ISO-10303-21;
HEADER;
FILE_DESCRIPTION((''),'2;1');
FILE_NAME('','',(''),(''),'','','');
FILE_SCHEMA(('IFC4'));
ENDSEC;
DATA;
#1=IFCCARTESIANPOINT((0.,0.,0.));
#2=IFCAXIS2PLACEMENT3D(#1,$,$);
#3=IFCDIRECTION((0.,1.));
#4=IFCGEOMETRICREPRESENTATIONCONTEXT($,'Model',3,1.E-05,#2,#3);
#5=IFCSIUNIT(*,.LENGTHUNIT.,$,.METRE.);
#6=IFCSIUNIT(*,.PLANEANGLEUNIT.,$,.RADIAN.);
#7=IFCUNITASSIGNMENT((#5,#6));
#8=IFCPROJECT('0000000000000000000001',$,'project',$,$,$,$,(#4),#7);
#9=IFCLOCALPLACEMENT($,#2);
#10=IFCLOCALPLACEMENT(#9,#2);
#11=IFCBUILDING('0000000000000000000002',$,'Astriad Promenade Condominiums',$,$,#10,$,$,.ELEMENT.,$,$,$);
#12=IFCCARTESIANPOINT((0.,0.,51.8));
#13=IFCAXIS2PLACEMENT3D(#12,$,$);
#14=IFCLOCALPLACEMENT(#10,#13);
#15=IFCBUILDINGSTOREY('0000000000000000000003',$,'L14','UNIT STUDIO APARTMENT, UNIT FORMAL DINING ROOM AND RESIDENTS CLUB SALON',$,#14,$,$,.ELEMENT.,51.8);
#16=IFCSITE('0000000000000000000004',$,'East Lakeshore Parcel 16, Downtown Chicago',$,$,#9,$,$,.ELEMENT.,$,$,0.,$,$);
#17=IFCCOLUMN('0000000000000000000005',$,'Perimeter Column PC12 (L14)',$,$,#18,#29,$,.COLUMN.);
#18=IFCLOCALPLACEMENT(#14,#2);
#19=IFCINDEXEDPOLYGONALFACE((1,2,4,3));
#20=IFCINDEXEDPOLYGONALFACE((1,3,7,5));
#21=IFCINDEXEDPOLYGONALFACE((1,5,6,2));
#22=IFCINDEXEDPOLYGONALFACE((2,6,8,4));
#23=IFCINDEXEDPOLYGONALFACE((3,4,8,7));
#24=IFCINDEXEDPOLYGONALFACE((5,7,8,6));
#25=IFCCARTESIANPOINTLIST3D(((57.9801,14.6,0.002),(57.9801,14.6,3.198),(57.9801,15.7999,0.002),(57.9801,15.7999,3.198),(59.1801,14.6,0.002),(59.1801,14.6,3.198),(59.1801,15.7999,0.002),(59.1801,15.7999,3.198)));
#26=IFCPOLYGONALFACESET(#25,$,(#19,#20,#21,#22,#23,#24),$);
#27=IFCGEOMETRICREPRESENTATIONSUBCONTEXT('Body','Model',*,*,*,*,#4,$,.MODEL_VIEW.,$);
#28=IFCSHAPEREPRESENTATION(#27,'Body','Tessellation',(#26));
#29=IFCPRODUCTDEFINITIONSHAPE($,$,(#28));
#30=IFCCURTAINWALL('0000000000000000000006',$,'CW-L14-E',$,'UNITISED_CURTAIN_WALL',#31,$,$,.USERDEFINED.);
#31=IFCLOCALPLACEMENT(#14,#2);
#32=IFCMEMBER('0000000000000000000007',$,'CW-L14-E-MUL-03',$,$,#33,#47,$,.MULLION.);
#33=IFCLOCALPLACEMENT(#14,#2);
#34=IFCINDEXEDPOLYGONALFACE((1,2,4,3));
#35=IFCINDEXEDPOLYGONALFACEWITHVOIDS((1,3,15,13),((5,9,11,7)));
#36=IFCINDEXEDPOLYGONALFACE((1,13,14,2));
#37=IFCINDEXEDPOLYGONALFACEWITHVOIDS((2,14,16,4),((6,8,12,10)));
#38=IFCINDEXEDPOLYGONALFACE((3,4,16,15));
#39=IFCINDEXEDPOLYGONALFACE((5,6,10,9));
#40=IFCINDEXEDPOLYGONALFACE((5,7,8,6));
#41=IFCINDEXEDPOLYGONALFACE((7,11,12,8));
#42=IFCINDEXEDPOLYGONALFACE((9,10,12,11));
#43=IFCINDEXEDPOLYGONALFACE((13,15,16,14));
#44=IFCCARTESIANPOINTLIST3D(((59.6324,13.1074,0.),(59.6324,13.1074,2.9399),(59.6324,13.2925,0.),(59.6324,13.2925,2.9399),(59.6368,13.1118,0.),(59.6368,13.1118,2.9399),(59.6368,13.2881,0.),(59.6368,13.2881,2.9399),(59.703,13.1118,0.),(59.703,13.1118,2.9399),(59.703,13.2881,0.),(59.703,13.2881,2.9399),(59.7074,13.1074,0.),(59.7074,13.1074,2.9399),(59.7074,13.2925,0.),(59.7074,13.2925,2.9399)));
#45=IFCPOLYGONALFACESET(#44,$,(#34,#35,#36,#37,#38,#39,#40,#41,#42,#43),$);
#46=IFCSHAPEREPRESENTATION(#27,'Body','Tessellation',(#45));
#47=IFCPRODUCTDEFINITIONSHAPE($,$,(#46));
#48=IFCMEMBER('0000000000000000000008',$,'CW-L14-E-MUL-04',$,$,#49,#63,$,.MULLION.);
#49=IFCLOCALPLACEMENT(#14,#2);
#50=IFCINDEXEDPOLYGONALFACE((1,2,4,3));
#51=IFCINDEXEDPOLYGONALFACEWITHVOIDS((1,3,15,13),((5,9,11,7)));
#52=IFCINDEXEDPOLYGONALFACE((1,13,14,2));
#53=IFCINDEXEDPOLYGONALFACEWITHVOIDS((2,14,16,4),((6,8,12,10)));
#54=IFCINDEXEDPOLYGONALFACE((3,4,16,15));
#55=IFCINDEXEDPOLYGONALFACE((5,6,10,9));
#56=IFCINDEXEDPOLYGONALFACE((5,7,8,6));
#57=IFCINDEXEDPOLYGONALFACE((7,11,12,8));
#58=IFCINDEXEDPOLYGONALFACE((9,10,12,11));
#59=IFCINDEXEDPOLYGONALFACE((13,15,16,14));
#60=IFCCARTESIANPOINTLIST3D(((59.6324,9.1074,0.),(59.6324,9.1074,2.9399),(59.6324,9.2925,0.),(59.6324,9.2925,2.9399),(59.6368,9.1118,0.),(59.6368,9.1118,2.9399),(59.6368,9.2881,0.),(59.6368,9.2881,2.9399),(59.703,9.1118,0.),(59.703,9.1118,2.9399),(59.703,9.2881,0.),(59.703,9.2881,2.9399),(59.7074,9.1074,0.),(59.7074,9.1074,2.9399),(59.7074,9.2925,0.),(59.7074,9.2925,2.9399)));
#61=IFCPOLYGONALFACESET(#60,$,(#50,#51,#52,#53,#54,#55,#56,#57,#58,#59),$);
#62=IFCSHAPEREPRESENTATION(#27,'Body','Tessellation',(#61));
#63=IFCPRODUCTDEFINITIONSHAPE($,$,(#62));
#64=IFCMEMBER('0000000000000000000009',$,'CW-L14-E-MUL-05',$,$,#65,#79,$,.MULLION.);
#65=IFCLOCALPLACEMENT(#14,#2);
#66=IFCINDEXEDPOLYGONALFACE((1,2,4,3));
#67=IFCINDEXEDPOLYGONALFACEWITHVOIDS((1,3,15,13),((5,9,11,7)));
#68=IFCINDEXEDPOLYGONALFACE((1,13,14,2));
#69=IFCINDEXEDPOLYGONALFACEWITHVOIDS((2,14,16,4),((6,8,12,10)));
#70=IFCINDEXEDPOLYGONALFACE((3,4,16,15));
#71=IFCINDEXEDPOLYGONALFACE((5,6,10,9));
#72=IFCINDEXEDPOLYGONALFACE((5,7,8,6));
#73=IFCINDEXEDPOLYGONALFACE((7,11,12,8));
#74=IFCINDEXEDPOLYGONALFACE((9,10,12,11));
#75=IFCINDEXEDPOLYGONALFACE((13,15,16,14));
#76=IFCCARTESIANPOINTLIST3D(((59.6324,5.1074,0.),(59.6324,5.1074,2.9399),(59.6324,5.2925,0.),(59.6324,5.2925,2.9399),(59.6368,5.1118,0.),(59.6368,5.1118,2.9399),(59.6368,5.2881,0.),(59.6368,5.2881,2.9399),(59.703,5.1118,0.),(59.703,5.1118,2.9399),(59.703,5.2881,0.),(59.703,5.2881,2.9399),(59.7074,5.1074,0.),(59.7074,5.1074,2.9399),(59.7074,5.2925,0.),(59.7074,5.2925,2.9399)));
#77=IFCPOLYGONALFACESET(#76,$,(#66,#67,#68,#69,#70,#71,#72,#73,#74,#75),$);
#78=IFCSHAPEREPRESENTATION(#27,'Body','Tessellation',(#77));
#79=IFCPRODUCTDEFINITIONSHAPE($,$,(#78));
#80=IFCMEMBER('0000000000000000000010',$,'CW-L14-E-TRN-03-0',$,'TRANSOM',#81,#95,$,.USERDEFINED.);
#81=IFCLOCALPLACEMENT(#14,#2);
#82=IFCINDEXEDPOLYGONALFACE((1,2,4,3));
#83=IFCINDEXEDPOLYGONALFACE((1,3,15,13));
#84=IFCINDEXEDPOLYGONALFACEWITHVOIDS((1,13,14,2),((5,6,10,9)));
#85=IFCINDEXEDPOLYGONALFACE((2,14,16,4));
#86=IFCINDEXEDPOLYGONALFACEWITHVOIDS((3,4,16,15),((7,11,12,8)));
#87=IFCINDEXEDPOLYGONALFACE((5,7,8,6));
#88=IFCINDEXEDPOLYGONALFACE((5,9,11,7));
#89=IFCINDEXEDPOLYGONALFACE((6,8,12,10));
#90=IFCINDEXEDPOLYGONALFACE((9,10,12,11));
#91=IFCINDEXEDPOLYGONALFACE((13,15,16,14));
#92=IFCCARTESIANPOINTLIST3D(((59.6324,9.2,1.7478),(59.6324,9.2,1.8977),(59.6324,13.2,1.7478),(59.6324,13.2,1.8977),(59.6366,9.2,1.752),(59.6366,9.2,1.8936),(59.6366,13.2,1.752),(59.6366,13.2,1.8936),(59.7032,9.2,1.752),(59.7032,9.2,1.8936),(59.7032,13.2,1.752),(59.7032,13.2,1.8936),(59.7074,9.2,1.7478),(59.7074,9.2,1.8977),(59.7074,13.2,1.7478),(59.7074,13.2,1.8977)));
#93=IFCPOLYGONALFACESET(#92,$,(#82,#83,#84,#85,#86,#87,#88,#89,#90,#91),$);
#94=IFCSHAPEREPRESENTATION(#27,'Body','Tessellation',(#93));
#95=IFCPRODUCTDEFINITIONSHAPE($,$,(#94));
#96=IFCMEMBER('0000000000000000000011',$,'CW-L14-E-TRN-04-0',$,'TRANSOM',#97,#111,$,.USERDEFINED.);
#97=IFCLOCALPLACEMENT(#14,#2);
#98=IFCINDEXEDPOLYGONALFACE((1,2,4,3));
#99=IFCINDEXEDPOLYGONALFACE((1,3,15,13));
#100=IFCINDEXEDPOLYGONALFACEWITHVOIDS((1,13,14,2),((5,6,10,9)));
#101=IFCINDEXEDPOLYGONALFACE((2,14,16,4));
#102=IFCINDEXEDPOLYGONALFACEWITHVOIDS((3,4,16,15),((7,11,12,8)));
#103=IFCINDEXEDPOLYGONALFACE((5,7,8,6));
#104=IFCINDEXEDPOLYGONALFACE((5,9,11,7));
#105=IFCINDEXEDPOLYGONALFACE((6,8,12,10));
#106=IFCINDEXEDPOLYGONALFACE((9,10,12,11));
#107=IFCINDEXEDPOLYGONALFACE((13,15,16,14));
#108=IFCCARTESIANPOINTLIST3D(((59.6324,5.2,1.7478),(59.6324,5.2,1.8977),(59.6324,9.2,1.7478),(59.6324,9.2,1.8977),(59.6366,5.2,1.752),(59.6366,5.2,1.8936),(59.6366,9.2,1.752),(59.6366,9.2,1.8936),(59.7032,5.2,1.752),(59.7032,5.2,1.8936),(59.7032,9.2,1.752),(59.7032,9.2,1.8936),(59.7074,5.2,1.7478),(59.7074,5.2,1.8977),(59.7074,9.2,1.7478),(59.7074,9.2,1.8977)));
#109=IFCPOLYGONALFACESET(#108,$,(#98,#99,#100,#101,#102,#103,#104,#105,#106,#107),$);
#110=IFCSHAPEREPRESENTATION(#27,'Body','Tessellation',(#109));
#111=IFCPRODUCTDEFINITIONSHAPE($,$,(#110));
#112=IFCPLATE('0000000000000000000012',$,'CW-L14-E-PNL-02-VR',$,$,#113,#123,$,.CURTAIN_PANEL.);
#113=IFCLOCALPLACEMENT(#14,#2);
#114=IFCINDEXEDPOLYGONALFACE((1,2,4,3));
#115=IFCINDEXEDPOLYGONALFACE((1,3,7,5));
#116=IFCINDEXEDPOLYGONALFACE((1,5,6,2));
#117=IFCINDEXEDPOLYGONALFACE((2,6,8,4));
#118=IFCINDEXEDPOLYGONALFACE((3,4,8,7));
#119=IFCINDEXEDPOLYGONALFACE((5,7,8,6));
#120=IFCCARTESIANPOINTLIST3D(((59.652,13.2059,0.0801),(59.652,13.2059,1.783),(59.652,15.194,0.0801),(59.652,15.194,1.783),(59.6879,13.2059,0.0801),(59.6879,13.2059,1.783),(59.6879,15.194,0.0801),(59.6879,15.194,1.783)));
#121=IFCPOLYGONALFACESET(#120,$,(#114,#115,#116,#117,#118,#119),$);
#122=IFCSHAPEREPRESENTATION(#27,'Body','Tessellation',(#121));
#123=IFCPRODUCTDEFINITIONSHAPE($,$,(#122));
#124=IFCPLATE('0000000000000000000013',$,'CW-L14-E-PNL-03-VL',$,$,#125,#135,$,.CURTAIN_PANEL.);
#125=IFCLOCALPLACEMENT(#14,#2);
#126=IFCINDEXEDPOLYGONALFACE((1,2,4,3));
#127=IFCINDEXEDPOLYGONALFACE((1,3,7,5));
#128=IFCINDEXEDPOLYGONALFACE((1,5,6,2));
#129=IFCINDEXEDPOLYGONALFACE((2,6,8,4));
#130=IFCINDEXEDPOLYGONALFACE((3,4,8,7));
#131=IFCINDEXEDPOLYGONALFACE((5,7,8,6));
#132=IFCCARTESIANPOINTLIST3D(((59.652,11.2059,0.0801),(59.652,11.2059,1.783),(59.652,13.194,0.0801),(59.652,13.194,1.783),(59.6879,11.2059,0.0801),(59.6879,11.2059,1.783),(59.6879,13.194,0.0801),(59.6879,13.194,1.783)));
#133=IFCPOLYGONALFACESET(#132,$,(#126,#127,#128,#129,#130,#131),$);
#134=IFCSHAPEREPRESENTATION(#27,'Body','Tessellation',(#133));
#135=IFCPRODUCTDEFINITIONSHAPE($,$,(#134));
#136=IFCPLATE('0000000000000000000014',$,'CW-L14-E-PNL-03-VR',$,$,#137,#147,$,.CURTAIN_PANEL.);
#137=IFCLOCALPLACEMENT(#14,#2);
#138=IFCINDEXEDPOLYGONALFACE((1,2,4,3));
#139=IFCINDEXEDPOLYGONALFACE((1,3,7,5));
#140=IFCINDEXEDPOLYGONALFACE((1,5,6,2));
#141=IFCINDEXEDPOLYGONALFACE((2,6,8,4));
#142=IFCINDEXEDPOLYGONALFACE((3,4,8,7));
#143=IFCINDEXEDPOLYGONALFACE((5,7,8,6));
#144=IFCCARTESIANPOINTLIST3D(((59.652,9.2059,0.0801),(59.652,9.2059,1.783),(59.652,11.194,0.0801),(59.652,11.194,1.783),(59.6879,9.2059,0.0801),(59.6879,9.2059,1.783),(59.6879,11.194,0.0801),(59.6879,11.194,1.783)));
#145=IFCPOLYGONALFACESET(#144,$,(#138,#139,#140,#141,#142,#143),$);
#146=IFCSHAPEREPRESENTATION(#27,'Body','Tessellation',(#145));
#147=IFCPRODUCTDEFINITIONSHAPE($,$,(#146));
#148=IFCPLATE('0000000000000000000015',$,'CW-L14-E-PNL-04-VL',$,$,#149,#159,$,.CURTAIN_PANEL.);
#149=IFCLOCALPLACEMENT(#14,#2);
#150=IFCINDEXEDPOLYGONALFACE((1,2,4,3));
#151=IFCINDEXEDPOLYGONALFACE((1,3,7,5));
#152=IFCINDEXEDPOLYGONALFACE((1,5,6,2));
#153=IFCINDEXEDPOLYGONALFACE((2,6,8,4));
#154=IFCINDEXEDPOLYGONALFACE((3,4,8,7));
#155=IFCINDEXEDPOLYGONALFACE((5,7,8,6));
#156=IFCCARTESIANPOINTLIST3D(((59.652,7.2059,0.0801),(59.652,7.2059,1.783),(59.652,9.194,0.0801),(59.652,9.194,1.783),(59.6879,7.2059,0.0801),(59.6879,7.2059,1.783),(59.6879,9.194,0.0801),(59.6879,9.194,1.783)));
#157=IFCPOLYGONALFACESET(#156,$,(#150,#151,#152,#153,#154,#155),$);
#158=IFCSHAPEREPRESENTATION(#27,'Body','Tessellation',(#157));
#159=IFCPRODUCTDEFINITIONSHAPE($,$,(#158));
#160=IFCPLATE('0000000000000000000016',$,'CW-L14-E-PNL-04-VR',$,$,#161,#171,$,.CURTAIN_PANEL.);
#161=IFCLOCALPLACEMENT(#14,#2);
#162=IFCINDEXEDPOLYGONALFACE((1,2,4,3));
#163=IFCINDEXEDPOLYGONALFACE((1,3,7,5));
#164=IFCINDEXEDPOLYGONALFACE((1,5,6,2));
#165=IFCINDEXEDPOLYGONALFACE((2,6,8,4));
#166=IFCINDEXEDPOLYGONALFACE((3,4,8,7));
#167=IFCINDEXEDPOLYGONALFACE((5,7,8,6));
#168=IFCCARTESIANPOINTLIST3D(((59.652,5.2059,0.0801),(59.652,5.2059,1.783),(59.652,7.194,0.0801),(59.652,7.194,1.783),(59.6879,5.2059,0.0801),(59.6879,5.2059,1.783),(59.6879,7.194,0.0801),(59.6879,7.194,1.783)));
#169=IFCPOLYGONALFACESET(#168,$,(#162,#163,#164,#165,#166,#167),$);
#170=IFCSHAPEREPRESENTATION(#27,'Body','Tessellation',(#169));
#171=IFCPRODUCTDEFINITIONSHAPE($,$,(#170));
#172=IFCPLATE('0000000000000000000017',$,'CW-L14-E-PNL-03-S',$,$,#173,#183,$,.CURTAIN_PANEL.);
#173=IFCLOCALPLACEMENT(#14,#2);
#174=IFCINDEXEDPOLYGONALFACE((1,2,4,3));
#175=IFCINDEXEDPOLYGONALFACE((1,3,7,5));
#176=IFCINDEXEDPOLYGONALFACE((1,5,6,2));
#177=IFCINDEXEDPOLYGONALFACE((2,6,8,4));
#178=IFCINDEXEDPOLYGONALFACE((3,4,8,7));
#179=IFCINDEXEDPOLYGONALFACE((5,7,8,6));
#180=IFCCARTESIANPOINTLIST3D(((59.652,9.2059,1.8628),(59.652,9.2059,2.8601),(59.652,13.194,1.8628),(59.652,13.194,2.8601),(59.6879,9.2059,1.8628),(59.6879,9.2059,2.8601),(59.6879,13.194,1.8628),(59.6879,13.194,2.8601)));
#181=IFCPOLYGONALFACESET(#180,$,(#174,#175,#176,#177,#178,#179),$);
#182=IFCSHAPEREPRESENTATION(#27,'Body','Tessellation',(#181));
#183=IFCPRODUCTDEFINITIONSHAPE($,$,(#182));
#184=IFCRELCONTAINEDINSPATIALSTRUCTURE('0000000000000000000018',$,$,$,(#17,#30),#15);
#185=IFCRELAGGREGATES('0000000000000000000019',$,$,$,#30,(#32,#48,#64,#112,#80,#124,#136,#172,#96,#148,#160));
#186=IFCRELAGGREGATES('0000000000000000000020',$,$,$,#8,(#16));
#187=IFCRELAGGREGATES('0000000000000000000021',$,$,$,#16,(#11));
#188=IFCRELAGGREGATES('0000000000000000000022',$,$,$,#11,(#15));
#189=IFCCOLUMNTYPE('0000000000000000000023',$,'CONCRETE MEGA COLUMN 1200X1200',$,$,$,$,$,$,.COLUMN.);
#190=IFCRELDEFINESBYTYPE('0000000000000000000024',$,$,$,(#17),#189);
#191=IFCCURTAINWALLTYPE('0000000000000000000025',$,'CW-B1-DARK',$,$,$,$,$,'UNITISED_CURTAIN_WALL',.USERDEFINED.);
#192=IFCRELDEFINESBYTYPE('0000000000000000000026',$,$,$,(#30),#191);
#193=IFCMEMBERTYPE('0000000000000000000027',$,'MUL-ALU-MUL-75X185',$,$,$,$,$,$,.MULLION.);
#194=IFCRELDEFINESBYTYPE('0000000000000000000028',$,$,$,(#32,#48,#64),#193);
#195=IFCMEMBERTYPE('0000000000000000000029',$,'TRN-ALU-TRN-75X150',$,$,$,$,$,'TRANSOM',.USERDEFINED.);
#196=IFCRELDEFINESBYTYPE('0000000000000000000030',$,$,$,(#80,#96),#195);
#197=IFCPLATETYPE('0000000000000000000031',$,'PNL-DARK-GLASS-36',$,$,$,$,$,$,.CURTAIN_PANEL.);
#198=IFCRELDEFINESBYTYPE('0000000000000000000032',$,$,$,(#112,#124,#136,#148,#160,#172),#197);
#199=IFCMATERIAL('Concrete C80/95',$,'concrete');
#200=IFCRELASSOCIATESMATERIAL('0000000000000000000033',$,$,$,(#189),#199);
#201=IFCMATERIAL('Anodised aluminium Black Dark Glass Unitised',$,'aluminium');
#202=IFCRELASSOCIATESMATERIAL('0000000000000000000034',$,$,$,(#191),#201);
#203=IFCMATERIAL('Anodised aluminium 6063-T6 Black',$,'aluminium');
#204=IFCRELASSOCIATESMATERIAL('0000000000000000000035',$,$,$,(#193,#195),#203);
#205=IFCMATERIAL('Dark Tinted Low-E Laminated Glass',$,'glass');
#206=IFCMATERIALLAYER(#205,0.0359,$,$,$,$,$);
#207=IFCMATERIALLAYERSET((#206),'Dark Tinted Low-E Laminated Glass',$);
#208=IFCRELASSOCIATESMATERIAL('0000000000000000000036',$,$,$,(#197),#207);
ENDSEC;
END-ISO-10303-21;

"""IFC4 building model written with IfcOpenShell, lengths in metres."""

from ifc_helpers import new_model, si_unit, direction, frame, origin, origin_2d, place, context, subcontext, project, spatial, rectangle, hollow_rectangle, extrude, source, transform, mapped, material, layer, layer_set, material_profile, profile_set, type_object, type_shapes, element, aggregate, save


model = new_model("IFC4")

# Units and contexts
model_context = context("Model", 3, precision=1e-05, world=origin(), true_north=direction((0.0, 1.0)))
body_context = subcontext(model_context, "Body", "Model", "MODEL_VIEW")
ifc_project = project(units=[si_unit("LENGTHUNIT", "METRE"), si_unit("PLANEANGLEUNIT", "RADIAN")], contexts=[model_context])

# Site, building, storey
site_placement = place(None, origin())
site = spatial("IfcSite", under=ifc_project, at=site_placement, Name="East Lakeshore Parcel 16, Downtown Chicago", CompositionType="ELEMENT", RefElevation=0.0)
building_placement = place(site_placement, origin())
building = spatial("IfcBuilding", under=site, at=building_placement, Name="Astriad Promenade Condominiums", CompositionType="ELEMENT")
storey_placement = place(building_placement, frame((0.0, 0.0, 51.8)))
storey = spatial("IfcBuildingStorey", under=building, at=storey_placement, Name="L14", Description="UNIT STUDIO APARTMENT, UNIT FORMAL DINING ROOM AND RESIDENTS CLUB SALON", CompositionType="ELEMENT", Elevation=51.8)

# Column
ifc_material_1 = material(Name="Concrete C80/95", Category="concrete")
ifc_material_profile_1 = material_profile(ifc_material_1, rectangle(XDim=1.2, YDim=1.2, at=origin_2d()), Name="RC-COL-1200X1200")
ifc_profile_set_1 = profile_set([ifc_material_profile_1], Name="Concrete C80/95")
column_type = type_object("IfcColumnType", Name="CONCRETE MEGA COLUMN 1200X1200", PredefinedType="COLUMN", material=ifc_profile_set_1)
shared_shape_1 = source(origin(), body_context, "Body", "SweptSolid", [
    extrude(rectangle(XDim=1.2, YDim=1.2, at=origin_2d()), origin(), (0.0, 0.0, 1.0), 3.196),
])
type_shapes(column_type, [shared_shape_1])
column_placement = place(storey_placement, frame((58.5801, 15.2, 0.002), z_axis=(0.0, 0.0, 1.0), x_axis=(1.0, 0.0, 0.0)))
element("IfcColumn", 1, at=column_placement, inside=storey, type_object=column_type, Name="Perimeter Column PC12 (L14)", PredefinedType="COLUMN", context=body_context, shape_type="MappedRepresentation", body=[
    mapped(shared_shape_1, transform((0.0, 0.0, 0.0), scale=1.0)),
])

# Curtain wall, members, plates
ifc_material_2 = material(Name="Anodised aluminium Black Dark Glass Unitised", Category="aluminium")
curtain_wall_type = type_object("IfcCurtainWallType", Name="CW-B1-DARK", ElementType="UNITISED_CURTAIN_WALL", PredefinedType="USERDEFINED", material=ifc_material_2)
curtain_wall_placement = place(storey_placement, origin())
curtain_wall = element("IfcCurtainWall", 2, at=curtain_wall_placement, inside=storey, type_object=curtain_wall_type, Name="CW-L14-E", ObjectType="UNITISED_CURTAIN_WALL", PredefinedType="USERDEFINED")
ifc_material_3 = material(Name="Anodised aluminium 6063-T6 Black", Category="aluminium")
ifc_material_profile_2 = material_profile(ifc_material_3, hollow_rectangle(XDim=0.075, YDim=0.1851, WallThickness=0.0044, at=origin_2d()), Name="ALU-MUL-75X185")
ifc_profile_set_2 = profile_set([ifc_material_profile_2], Name="Anodised aluminium 6063-T6 Black")
member_type_1 = type_object("IfcMemberType", Name="MUL-ALU-MUL-75X185", PredefinedType="MULLION", material=ifc_profile_set_2)
shared_shape_2 = source(origin(), body_context, "Body", "SweptSolid", [
    extrude(hollow_rectangle(XDim=0.075, YDim=0.1851, WallThickness=0.0044, at=origin_2d()), origin(), (0.0, 0.0, 1.0), 2.9399),
])
type_shapes(member_type_1, [shared_shape_2])
member_1_placement = place(storey_placement, frame((59.6699, 13.2, 0.0), z_axis=(0.0, 0.0, 1.0), x_axis=(1.0, 0.0, 0.0)))
member_1 = element("IfcMember", 3, at=member_1_placement, type_object=member_type_1, Name="CW-L14-E-MUL-03", PredefinedType="MULLION", context=body_context, shape_type="MappedRepresentation", body=[
    mapped(shared_shape_2, transform((0.0, 0.0, 0.0), scale=1.0)),
])
member_2_placement = place(storey_placement, frame((59.6699, 9.2, 0.0), z_axis=(0.0, 0.0, 1.0), x_axis=(1.0, 0.0, 0.0)))
member_2 = element("IfcMember", 4, at=member_2_placement, type_object=member_type_1, Name="CW-L14-E-MUL-04", PredefinedType="MULLION", context=body_context, shape_type="MappedRepresentation", body=[
    mapped(shared_shape_2, transform((0.0, 0.0, 0.0), scale=1.0)),
])
member_3_placement = place(storey_placement, frame((59.6699, 5.2, 0.0), z_axis=(0.0, 0.0, 1.0), x_axis=(1.0, 0.0, 0.0)))
member_3 = element("IfcMember", 5, at=member_3_placement, type_object=member_type_1, Name="CW-L14-E-MUL-05", PredefinedType="MULLION", context=body_context, shape_type="MappedRepresentation", body=[
    mapped(shared_shape_2, transform((0.0, 0.0, 0.0), scale=1.0)),
])
ifc_material_profile_3 = material_profile(ifc_material_3, hollow_rectangle(XDim=0.075, YDim=0.1499, WallThickness=0.0042, at=origin_2d()), Name="ALU-TRN-75X150")
ifc_profile_set_3 = profile_set([ifc_material_profile_3], Name="Anodised aluminium 6063-T6 Black")
member_type_2 = type_object("IfcMemberType", Name="TRN-ALU-TRN-75X150", ElementType="TRANSOM", PredefinedType="USERDEFINED", material=ifc_profile_set_3)
shared_shape_3 = source(origin(), body_context, "Body", "SweptSolid", [
    extrude(hollow_rectangle(XDim=0.075, YDim=0.1499, WallThickness=0.0042, at=origin_2d()), origin(), (0.0, 0.0, 1.0), 4.0),
])
type_shapes(member_type_2, [shared_shape_3])
member_4_placement = place(storey_placement, frame((59.6699, 13.2, 1.8228), z_axis=(0.0, -1.0, 0.0), x_axis=(1.0, 0.0, 0.0)))
member_4 = element("IfcMember", 6, at=member_4_placement, type_object=member_type_2, Name="CW-L14-E-TRN-03-0", ObjectType="TRANSOM", PredefinedType="USERDEFINED", context=body_context, shape_type="MappedRepresentation", body=[
    mapped(shared_shape_3, transform((0.0, 0.0, 0.0), scale=1.0)),
])
member_5_placement = place(storey_placement, frame((59.6699, 9.2, 1.8228), z_axis=(0.0, -1.0, 0.0), x_axis=(1.0, 0.0, 0.0)))
member_5 = element("IfcMember", 7, at=member_5_placement, type_object=member_type_2, Name="CW-L14-E-TRN-04-0", ObjectType="TRANSOM", PredefinedType="USERDEFINED", context=body_context, shape_type="MappedRepresentation", body=[
    mapped(shared_shape_3, transform((0.0, 0.0, 0.0), scale=1.0)),
])
ifc_material_4 = material(Name="Dark Tinted Low-E Laminated Glass", Category="glass")
ifc_layer_1 = layer(ifc_material_4, 0.0359)
ifc_layer_set_1 = layer_set([ifc_layer_1], Name="Dark Tinted Low-E Laminated Glass")
plate_type = type_object("IfcPlateType", Name="PNL-DARK-GLASS-36", PredefinedType="CURTAIN_PANEL", material=ifc_layer_set_1)
shared_shape_4 = source(origin(), body_context, "Body", "SweptSolid", [
    extrude(rectangle(XDim=1.988, YDim=0.0359, at=origin_2d()), origin(), (0.0, 0.0, 1.0), 1.7029),
])
plate_1_placement = place(storey_placement, frame((59.6699, 14.2, 0.0801), z_axis=(0.0, 0.0, 1.0), x_axis=(0.0, -1.0, 0.0)))
plate_1 = element("IfcPlate", 8, at=plate_1_placement, type_object=plate_type, Name="CW-L14-E-PNL-02-VR", PredefinedType="CURTAIN_PANEL", context=body_context, shape_type="MappedRepresentation", body=[
    mapped(shared_shape_4, transform((0.0, 0.0, 0.0), scale=1.0)),
])
plate_2_placement = place(storey_placement, frame((59.6699, 12.2, 0.0801), z_axis=(0.0, 0.0, 1.0), x_axis=(0.0, -1.0, 0.0)))
plate_2 = element("IfcPlate", 9, at=plate_2_placement, type_object=plate_type, Name="CW-L14-E-PNL-03-VL", PredefinedType="CURTAIN_PANEL", context=body_context, shape_type="MappedRepresentation", body=[
    mapped(shared_shape_4, transform((0.0, 0.0, 0.0), scale=1.0)),
])
plate_3_placement = place(storey_placement, frame((59.6699, 10.2, 0.0801), z_axis=(0.0, 0.0, 1.0), x_axis=(0.0, -1.0, 0.0)))
plate_3 = element("IfcPlate", 10, at=plate_3_placement, type_object=plate_type, Name="CW-L14-E-PNL-03-VR", PredefinedType="CURTAIN_PANEL", context=body_context, shape_type="MappedRepresentation", body=[
    mapped(shared_shape_4, transform((0.0, 0.0, 0.0), scale=1.0)),
])
plate_4_placement = place(storey_placement, frame((59.6699, 8.2, 0.0801), z_axis=(0.0, 0.0, 1.0), x_axis=(0.0, -1.0, 0.0)))
plate_4 = element("IfcPlate", 11, at=plate_4_placement, type_object=plate_type, Name="CW-L14-E-PNL-04-VL", PredefinedType="CURTAIN_PANEL", context=body_context, shape_type="MappedRepresentation", body=[
    mapped(shared_shape_4, transform((0.0, 0.0, 0.0), scale=1.0)),
])
plate_5_placement = place(storey_placement, frame((59.6699, 6.2, 0.0801), z_axis=(0.0, 0.0, 1.0), x_axis=(0.0, -1.0, 0.0)))
plate_5 = element("IfcPlate", 12, at=plate_5_placement, type_object=plate_type, Name="CW-L14-E-PNL-04-VR", PredefinedType="CURTAIN_PANEL", context=body_context, shape_type="MappedRepresentation", body=[
    mapped(shared_shape_4, transform((0.0, 0.0, 0.0), scale=1.0)),
])
shared_shape_5 = source(origin(), body_context, "Body", "SweptSolid", [
    extrude(rectangle(XDim=3.988, YDim=0.0359, at=origin_2d()), origin(), (0.0, 0.0, 1.0), 0.9973),
])
type_shapes(plate_type, [shared_shape_4, shared_shape_5])
plate_6_placement = place(storey_placement, frame((59.6699, 11.2, 1.8628), z_axis=(0.0, 0.0, 1.0), x_axis=(0.0, -1.0, 0.0)))
plate_6 = element("IfcPlate", 13, at=plate_6_placement, type_object=plate_type, Name="CW-L14-E-PNL-03-S", PredefinedType="CURTAIN_PANEL", context=body_context, shape_type="MappedRepresentation", body=[
    mapped(shared_shape_5, transform((0.0, 0.0, 0.0), scale=1.0)),
])
aggregate(curtain_wall, [member_1, member_2, member_3, plate_1, member_4, plate_2, plate_3, plate_6, member_5, plate_4, plate_5])

save(model, "model.ifc")
